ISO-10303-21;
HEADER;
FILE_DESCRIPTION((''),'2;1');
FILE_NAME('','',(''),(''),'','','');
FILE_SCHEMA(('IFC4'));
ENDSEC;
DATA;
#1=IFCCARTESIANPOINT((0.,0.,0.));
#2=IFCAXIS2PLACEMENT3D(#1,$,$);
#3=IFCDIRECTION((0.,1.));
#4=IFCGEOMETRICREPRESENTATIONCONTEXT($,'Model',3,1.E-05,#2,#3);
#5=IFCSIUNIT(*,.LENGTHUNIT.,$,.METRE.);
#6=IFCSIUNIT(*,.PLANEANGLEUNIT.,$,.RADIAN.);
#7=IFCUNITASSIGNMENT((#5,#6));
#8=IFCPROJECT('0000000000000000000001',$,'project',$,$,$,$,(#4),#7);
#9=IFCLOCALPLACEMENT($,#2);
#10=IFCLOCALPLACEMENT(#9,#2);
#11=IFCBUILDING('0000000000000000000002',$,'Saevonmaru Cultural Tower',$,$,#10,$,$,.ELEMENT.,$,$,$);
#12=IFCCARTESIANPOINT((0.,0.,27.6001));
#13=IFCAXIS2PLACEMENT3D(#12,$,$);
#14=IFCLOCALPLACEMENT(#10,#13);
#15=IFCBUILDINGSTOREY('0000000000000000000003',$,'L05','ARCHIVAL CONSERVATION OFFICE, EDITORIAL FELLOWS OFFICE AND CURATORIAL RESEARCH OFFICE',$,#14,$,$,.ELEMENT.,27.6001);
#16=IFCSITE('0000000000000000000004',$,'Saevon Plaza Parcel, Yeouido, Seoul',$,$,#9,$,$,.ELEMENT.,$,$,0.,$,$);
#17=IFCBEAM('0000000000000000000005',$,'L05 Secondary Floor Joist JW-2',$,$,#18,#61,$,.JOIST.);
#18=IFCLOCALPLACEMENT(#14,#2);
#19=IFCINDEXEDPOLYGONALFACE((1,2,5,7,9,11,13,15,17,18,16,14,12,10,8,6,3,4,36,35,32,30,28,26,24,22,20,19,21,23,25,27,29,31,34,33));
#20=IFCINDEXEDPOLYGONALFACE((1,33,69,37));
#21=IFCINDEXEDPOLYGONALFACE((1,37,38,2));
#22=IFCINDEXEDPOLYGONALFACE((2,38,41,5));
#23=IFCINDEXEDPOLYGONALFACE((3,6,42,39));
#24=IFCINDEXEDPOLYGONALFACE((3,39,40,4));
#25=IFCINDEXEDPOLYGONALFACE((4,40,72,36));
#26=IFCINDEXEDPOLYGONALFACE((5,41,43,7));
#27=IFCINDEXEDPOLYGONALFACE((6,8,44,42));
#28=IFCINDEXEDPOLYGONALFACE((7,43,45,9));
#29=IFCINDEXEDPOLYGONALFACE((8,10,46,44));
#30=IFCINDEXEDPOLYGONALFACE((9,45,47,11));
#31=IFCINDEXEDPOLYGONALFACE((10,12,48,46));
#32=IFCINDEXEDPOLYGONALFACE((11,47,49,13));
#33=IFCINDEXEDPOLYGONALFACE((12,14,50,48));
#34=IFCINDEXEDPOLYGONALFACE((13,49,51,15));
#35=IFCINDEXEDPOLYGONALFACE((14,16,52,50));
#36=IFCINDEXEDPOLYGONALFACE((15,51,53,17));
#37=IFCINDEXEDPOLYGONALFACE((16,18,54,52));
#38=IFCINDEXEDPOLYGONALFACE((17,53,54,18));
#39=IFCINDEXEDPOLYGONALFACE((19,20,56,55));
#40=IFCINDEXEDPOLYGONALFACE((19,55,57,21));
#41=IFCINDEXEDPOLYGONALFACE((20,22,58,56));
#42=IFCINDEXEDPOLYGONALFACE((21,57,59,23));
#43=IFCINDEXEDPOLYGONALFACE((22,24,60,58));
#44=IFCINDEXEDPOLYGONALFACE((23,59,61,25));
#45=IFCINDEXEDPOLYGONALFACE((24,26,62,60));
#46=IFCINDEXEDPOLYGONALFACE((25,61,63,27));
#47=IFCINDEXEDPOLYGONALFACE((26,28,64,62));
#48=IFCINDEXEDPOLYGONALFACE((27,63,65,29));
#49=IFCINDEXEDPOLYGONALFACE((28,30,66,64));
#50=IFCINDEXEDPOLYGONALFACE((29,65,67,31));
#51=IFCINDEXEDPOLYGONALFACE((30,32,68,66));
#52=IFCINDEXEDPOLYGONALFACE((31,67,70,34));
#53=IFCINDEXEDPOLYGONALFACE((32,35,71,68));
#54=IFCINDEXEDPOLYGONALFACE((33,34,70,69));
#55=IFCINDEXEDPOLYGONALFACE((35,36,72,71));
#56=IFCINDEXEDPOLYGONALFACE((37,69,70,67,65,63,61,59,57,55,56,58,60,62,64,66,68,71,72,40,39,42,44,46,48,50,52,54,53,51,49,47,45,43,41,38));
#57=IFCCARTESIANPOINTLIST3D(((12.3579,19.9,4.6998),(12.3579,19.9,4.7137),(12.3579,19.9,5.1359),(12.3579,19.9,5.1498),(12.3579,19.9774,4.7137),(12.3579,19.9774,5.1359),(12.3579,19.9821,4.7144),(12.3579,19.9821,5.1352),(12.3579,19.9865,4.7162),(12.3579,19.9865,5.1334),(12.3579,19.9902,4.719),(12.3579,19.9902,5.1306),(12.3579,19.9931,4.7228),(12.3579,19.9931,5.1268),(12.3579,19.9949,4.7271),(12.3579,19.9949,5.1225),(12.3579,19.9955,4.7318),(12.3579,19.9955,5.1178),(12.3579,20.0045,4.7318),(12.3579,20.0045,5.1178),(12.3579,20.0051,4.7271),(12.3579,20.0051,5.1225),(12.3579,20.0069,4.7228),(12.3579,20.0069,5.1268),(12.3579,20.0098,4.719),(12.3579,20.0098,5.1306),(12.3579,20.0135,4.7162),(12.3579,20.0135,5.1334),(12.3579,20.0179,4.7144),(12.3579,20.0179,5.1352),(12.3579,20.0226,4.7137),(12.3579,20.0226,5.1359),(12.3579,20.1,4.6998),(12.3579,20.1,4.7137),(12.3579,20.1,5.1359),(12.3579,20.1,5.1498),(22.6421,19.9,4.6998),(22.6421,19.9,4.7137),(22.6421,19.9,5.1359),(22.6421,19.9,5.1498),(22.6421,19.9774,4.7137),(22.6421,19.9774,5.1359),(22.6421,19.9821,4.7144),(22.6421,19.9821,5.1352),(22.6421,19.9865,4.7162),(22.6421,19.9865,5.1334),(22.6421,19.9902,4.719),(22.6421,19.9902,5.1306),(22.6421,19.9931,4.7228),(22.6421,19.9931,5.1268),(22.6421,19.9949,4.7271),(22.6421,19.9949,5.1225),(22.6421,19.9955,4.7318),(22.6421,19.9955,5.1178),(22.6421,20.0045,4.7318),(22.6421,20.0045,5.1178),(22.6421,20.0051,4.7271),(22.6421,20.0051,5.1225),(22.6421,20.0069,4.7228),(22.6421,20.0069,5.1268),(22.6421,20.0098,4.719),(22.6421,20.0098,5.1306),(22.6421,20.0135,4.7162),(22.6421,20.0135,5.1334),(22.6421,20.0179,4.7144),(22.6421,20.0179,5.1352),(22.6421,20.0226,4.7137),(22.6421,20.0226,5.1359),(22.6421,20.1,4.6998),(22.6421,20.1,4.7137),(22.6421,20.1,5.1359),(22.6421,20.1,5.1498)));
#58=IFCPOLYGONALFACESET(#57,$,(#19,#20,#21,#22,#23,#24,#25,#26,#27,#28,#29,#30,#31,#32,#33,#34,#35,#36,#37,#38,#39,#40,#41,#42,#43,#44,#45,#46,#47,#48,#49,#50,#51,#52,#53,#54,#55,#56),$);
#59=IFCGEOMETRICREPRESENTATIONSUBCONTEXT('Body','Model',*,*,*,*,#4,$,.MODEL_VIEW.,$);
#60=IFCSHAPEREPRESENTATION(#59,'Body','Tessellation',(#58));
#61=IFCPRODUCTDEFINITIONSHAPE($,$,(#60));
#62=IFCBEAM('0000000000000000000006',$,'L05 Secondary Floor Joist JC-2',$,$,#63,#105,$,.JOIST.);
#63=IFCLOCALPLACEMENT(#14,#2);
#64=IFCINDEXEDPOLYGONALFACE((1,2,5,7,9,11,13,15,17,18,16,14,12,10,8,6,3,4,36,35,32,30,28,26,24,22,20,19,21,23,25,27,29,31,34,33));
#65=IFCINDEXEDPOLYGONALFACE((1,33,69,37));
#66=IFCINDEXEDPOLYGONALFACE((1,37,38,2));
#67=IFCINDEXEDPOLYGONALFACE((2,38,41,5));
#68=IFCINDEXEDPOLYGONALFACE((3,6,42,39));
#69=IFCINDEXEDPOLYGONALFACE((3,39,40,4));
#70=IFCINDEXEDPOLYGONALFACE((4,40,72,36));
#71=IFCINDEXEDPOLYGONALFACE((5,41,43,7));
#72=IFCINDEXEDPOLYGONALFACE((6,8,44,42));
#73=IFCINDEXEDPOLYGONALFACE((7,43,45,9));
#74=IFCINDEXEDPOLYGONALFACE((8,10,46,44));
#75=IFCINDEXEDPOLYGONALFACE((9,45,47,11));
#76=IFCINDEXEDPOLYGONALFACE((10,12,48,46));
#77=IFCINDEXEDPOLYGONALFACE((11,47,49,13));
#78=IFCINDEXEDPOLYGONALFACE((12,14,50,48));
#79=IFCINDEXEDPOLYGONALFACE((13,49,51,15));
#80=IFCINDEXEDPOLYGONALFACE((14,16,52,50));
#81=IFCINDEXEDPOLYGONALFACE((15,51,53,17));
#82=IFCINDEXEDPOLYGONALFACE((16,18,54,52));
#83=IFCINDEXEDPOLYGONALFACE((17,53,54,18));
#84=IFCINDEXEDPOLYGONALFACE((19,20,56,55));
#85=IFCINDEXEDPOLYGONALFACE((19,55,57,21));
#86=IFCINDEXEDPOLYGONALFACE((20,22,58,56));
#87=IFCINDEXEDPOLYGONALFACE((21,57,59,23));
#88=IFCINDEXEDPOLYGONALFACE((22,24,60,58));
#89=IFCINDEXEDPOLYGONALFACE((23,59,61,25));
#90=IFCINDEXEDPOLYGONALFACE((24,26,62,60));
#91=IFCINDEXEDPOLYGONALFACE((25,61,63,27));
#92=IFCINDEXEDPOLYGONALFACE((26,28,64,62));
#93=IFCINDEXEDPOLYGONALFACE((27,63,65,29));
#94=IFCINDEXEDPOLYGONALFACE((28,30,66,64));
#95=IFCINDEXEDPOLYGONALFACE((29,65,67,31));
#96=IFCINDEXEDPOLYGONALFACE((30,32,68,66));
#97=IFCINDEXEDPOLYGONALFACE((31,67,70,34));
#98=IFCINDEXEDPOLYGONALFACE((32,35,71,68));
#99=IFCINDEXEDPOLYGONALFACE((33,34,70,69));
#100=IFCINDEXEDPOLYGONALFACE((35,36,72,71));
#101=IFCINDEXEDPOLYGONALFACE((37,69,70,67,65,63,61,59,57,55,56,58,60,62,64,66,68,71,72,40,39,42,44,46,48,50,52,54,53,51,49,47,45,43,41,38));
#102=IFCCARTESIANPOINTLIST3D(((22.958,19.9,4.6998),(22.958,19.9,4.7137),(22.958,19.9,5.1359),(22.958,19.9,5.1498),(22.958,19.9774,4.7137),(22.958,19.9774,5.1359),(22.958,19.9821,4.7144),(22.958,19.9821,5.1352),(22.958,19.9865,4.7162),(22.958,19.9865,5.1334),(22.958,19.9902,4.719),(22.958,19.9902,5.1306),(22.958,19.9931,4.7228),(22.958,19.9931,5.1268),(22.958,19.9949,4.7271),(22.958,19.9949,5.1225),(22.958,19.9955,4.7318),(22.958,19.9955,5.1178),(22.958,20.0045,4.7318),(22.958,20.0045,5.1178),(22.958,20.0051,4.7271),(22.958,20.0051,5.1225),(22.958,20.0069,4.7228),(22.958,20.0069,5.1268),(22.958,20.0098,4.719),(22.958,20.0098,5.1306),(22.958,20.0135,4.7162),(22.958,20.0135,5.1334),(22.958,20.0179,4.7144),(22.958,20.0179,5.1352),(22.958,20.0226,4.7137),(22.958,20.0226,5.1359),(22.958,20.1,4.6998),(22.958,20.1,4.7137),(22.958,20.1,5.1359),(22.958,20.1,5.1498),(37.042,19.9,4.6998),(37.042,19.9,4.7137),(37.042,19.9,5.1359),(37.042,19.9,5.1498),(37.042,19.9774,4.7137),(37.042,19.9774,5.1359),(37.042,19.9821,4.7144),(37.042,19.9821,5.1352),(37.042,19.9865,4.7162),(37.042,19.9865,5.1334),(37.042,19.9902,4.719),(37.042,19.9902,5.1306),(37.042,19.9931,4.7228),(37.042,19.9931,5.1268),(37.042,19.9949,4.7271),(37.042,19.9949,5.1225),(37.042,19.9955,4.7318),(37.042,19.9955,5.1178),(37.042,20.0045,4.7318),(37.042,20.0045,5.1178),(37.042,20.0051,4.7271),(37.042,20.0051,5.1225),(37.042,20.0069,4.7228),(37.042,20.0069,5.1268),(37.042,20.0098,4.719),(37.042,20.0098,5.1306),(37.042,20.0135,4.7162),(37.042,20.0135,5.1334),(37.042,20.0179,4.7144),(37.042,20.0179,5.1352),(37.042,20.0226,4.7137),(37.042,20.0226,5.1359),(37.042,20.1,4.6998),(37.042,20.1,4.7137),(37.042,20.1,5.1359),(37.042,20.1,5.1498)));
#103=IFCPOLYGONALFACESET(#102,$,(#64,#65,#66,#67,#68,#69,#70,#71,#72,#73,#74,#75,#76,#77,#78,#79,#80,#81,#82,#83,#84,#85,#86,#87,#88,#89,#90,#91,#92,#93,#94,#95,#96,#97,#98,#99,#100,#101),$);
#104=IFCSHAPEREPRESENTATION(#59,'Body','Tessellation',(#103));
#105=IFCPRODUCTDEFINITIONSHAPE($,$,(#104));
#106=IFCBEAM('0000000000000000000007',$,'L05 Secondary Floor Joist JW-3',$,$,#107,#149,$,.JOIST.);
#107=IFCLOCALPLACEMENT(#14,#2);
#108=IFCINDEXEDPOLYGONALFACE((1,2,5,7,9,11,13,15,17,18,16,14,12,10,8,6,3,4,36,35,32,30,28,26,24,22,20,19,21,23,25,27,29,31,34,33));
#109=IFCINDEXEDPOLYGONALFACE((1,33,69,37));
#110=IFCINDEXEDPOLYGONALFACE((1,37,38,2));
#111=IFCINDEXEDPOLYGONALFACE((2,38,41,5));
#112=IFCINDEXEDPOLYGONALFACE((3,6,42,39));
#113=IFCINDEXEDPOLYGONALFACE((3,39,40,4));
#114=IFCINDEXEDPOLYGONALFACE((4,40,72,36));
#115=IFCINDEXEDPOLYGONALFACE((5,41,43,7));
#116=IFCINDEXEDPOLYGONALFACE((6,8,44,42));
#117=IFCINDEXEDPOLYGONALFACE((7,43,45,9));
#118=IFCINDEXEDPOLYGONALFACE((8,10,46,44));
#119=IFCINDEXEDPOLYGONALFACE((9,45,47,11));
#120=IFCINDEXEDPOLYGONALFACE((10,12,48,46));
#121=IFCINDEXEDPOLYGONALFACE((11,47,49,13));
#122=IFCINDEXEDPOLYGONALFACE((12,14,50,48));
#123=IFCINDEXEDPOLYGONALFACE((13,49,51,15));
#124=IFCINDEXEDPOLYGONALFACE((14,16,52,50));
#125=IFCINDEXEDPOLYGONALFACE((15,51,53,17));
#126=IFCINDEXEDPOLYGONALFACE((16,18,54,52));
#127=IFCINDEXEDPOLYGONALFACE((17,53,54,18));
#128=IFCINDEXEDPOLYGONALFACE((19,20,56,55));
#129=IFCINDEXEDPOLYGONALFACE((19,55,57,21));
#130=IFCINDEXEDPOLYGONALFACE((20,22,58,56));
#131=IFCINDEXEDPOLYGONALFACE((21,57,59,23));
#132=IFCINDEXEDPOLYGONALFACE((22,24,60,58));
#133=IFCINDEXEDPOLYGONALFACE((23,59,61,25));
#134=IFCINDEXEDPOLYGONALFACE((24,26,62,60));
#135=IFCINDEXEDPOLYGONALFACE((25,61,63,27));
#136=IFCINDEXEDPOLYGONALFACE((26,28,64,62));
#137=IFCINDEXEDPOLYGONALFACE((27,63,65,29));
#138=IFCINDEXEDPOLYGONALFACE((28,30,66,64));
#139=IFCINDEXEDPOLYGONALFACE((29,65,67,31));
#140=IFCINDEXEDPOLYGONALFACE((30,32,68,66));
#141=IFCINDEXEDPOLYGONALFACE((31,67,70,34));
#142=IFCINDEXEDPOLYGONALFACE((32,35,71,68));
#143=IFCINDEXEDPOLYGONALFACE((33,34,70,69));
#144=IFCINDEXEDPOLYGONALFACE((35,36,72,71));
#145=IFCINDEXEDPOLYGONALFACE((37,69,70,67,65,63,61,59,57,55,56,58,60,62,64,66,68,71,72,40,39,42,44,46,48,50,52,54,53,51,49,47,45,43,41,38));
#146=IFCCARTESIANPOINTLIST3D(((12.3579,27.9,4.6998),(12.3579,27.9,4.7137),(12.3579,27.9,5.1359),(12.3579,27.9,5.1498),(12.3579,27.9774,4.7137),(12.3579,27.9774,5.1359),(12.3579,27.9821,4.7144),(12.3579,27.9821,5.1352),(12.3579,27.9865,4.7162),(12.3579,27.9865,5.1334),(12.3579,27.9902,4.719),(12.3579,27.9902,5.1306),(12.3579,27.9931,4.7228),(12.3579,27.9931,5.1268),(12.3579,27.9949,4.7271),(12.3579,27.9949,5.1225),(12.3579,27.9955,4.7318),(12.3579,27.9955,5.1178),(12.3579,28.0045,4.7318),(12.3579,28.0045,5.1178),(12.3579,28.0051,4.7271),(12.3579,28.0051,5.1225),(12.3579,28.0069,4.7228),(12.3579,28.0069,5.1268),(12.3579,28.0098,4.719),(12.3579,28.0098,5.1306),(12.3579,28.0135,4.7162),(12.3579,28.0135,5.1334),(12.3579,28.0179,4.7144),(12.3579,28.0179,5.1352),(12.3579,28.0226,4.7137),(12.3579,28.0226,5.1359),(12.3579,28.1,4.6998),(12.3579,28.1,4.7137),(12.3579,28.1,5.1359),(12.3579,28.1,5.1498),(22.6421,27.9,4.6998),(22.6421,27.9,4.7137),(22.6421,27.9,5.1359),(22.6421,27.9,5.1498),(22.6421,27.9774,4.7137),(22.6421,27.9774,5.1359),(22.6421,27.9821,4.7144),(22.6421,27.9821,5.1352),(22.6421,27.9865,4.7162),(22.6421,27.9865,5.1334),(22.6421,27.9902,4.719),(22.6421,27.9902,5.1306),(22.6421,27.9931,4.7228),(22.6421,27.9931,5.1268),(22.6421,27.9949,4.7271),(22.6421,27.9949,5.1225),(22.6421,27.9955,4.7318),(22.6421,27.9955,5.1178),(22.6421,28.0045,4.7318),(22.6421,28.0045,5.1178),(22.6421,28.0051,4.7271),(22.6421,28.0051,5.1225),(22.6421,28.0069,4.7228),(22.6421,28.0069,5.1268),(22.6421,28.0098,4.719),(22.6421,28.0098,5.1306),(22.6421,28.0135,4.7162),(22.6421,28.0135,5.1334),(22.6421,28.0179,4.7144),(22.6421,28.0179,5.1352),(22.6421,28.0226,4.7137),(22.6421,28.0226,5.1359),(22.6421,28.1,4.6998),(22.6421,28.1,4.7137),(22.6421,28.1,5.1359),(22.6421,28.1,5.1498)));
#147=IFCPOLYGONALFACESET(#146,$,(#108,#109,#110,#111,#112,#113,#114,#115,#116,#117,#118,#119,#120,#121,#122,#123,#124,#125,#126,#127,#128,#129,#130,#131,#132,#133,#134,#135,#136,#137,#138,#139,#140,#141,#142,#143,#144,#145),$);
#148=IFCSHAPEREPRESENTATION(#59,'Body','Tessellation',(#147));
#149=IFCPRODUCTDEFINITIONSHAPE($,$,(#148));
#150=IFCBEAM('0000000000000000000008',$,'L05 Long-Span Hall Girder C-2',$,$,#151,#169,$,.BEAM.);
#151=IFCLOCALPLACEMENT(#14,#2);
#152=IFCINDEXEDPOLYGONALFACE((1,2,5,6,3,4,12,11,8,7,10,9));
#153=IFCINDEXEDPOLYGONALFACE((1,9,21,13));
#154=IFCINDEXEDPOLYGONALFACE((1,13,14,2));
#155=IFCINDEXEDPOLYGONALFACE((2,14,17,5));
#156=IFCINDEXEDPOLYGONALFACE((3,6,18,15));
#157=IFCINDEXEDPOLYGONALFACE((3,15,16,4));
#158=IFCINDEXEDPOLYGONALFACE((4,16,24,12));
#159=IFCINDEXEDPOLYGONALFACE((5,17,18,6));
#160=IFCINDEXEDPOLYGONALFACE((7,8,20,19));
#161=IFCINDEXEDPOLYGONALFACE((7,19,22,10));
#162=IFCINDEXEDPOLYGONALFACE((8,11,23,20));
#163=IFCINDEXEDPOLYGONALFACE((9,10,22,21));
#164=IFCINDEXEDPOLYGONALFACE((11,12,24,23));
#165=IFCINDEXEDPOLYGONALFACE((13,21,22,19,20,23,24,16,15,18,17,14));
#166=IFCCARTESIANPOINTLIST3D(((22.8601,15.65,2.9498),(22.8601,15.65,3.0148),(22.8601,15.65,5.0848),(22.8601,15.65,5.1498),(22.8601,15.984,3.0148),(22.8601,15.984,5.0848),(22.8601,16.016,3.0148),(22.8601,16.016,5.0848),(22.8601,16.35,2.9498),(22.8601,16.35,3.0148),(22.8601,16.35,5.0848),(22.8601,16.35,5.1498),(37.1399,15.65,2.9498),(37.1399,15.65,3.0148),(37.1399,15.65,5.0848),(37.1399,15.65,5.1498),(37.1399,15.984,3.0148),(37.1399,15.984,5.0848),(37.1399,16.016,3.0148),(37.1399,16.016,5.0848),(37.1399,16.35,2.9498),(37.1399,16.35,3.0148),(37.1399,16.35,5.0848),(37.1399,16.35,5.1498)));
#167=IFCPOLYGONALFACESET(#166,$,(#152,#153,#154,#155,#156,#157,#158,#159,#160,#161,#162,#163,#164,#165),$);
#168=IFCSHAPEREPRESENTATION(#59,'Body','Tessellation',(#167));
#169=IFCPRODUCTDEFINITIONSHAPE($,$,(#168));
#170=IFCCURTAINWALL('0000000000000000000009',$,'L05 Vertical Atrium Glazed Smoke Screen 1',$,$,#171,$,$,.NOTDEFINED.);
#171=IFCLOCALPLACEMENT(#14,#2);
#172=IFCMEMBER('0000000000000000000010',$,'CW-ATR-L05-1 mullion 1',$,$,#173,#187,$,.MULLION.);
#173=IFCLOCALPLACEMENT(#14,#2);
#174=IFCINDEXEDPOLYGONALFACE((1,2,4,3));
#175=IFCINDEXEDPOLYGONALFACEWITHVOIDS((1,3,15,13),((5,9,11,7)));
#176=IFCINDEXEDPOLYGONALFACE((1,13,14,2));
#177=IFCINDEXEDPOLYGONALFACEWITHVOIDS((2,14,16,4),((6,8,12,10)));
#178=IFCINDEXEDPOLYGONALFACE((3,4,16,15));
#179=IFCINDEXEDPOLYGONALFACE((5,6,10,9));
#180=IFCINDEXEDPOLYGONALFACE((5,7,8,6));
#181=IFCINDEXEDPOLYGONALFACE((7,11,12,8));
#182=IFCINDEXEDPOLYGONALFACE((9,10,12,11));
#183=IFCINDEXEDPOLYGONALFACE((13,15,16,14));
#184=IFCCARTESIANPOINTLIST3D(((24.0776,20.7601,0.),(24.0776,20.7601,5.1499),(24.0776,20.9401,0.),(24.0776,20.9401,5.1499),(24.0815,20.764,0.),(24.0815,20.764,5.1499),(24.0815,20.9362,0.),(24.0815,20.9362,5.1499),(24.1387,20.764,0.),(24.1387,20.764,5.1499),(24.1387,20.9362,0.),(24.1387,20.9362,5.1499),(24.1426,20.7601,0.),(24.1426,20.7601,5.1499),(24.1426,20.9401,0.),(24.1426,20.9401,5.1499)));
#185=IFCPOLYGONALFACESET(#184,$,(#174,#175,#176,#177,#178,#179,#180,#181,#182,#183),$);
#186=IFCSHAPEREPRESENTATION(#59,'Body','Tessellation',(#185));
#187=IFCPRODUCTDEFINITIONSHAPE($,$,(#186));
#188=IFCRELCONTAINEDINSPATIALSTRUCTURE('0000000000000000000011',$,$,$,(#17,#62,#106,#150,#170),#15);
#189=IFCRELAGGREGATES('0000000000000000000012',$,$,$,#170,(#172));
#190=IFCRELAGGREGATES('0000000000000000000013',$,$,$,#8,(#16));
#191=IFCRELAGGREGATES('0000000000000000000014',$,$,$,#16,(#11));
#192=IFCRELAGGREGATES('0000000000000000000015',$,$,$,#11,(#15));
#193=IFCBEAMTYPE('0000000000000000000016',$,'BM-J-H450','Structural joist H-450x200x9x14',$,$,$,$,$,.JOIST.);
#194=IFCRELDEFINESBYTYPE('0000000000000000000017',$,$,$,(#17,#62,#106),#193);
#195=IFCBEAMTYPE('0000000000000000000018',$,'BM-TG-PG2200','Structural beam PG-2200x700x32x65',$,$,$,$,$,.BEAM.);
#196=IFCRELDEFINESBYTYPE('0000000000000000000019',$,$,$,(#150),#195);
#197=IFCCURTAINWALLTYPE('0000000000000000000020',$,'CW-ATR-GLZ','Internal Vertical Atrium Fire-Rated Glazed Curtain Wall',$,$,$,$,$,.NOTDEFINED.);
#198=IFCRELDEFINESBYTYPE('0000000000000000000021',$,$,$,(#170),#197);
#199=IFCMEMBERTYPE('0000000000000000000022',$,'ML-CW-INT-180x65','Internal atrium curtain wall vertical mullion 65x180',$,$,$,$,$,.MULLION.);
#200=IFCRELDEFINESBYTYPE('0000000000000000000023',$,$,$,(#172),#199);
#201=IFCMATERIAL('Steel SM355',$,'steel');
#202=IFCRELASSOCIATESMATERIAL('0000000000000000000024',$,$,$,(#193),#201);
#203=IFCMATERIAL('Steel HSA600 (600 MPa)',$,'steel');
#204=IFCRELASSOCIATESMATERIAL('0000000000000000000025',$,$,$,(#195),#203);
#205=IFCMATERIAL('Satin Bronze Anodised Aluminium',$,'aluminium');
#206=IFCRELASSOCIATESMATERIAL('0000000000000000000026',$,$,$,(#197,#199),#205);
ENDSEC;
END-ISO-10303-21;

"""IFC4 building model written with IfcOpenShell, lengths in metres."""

from ifc_helpers import new_model, si_unit, direction, frame, origin, origin_2d, place, context, subcontext, project, spatial, hollow_rectangle, i_section, extrude, material, material_profile, profile_set, type_object, element, aggregate, save


model = new_model("IFC4")

# Units and contexts
model_context = context("Model", 3, precision=1e-05, world=origin(), true_north=direction((0.0, 1.0)))
body_context = subcontext(model_context, "Body", "Model", "MODEL_VIEW")
ifc_project = project(units=[si_unit("LENGTHUNIT", "METRE"), si_unit("PLANEANGLEUNIT", "RADIAN")], contexts=[model_context])

# Site, building, storey
site_placement = place(None, origin())
site = spatial("IfcSite", under=ifc_project, at=site_placement, Name="Saevon Plaza Parcel, Yeouido, Seoul", CompositionType="ELEMENT", RefElevation=0.0)
building_placement = place(site_placement, origin())
building = spatial("IfcBuilding", under=site, at=building_placement, Name="Saevonmaru Cultural Tower", CompositionType="ELEMENT")
storey_placement = place(building_placement, frame((0.0, 0.0, 27.6001)))
storey = spatial("IfcBuildingStorey", under=building, at=storey_placement, Name="L05", Description="ARCHIVAL CONSERVATION OFFICE, EDITORIAL FELLOWS OFFICE AND CURATORIAL RESEARCH OFFICE", CompositionType="ELEMENT", Elevation=27.6001)

# Shared definitions
ifc_material_1 = material(Name="Steel HSA600 (600 MPa)", Category="steel")

# Beams
ifc_material_2 = material(Name="Steel SM355", Category="steel")
ifc_material_profile_1 = material_profile(ifc_material_2, i_section(OverallWidth=0.2, OverallDepth=0.45, WebThickness=0.009, FlangeThickness=0.0139, FilletRadius=0.0181, at=origin_2d()), Name="H-450x200x9x14")
ifc_profile_set_1 = profile_set([ifc_material_profile_1], Name="Steel SM355")
beam_type_1 = type_object("IfcBeamType", Name="BM-J-H450", Description="Structural joist H-450x200x9x14", PredefinedType="JOIST", material=ifc_profile_set_1)
beam_1_placement = place(storey_placement, frame((12.3579, 20.0, 4.9248), z_axis=(1.0, 0.0, 0.0), x_axis=(0.0, 1.0, 0.0)))
element("IfcBeam", 1, at=beam_1_placement, inside=storey, type_object=beam_type_1, Name="L05 Secondary Floor Joist JW-2", PredefinedType="JOIST", context=body_context, shape_type="SweptSolid", body=[
    extrude(i_section(OverallWidth=0.2, OverallDepth=0.45, WebThickness=0.009, FlangeThickness=0.0139, FilletRadius=0.0181, at=origin_2d()), origin(), (0.0, 0.0, 1.0), 10.2842),
])
beam_2_placement = place(storey_placement, frame((22.958, 20.0, 4.9248), z_axis=(1.0, 0.0, 0.0), x_axis=(0.0, 1.0, 0.0)))
element("IfcBeam", 2, at=beam_2_placement, inside=storey, type_object=beam_type_1, Name="L05 Secondary Floor Joist JC-2", PredefinedType="JOIST", context=body_context, shape_type="SweptSolid", body=[
    extrude(i_section(OverallWidth=0.2, OverallDepth=0.45, WebThickness=0.009, FlangeThickness=0.0139, FilletRadius=0.0181, at=origin_2d()), origin(), (0.0, 0.0, 1.0), 14.084),
])
beam_3_placement = place(storey_placement, frame((12.3579, 28.0, 4.9248), z_axis=(1.0, 0.0, 0.0), x_axis=(0.0, 1.0, 0.0)))
element("IfcBeam", 3, at=beam_3_placement, inside=storey, type_object=beam_type_1, Name="L05 Secondary Floor Joist JW-3", PredefinedType="JOIST", context=body_context, shape_type="SweptSolid", body=[
    extrude(i_section(OverallWidth=0.2, OverallDepth=0.45, WebThickness=0.009, FlangeThickness=0.0139, FilletRadius=0.0181, at=origin_2d()), origin(), (0.0, 0.0, 1.0), 10.2842),
])
ifc_material_profile_2 = material_profile(ifc_material_1, i_section(OverallWidth=0.7, OverallDepth=2.2, WebThickness=0.032, FlangeThickness=0.0649, at=origin_2d()), Name="PG-2200x700x32x65")
ifc_profile_set_2 = profile_set([ifc_material_profile_2], Name="Steel HSA600 (600 MPa)")
beam_type_2 = type_object("IfcBeamType", Name="BM-TG-PG2200", Description="Structural beam PG-2200x700x32x65", PredefinedType="BEAM", material=ifc_profile_set_2)
beam_4_placement = place(storey_placement, frame((22.8601, 16.0, 4.0498), z_axis=(1.0, 0.0, 0.0), x_axis=(0.0, 1.0, 0.0)))
element("IfcBeam", 4, at=beam_4_placement, inside=storey, type_object=beam_type_2, Name="L05 Long-Span Hall Girder C-2", PredefinedType="BEAM", context=body_context, shape_type="SweptSolid", body=[
    extrude(i_section(OverallWidth=0.7, OverallDepth=2.2, WebThickness=0.032, FlangeThickness=0.0649, at=origin_2d()), origin(), (0.0, 0.0, 1.0), 14.2798),
])

# Curtain wall, member
ifc_material_3 = material(Name="Satin Bronze Anodised Aluminium", Category="aluminium")
curtain_wall_type = type_object("IfcCurtainWallType", Name="CW-ATR-GLZ", Description="Internal Vertical Atrium Fire-Rated Glazed Curtain Wall", PredefinedType="NOTDEFINED", material=ifc_material_3)
curtain_wall_1_placement = place(storey_placement, origin())
curtain_wall_1 = element("IfcCurtainWall", 5, at=curtain_wall_1_placement, inside=storey, type_object=curtain_wall_type, Name="L05 Vertical Atrium Glazed Smoke Screen 1", PredefinedType="NOTDEFINED")
ifc_material_profile_3 = material_profile(ifc_material_3, hollow_rectangle(XDim=0.0649, YDim=0.1799, WallThickness=0.0039, at=origin_2d()), Name="ALU-MULL-180x65x4")
ifc_profile_set_3 = profile_set([ifc_material_profile_3], Name="Satin Bronze Anodised Aluminium")
member_type_1 = type_object("IfcMemberType", Name="ML-CW-INT-180x65", Description="Internal atrium curtain wall vertical mullion 65x180", PredefinedType="MULLION", material=ifc_profile_set_3)
member_1_placement = place(storey_placement, frame((24.1101, 20.8501, 0.0), z_axis=(0.0, 0.0, 1.0), x_axis=(1.0, 0.0, 0.0)))
member_1 = element("IfcMember", 6, at=member_1_placement, type_object=member_type_1, Name="CW-ATR-L05-1 mullion 1", PredefinedType="MULLION", context=body_context, shape_type="SweptSolid", body=[
    extrude(hollow_rectangle(XDim=0.0649, YDim=0.1799, WallThickness=0.0039, at=origin_2d()), origin(), (0.0, 0.0, 1.0), 5.1499),
])

aggregate(curtain_wall_1, [member_1])

save(model, "model.ifc")
